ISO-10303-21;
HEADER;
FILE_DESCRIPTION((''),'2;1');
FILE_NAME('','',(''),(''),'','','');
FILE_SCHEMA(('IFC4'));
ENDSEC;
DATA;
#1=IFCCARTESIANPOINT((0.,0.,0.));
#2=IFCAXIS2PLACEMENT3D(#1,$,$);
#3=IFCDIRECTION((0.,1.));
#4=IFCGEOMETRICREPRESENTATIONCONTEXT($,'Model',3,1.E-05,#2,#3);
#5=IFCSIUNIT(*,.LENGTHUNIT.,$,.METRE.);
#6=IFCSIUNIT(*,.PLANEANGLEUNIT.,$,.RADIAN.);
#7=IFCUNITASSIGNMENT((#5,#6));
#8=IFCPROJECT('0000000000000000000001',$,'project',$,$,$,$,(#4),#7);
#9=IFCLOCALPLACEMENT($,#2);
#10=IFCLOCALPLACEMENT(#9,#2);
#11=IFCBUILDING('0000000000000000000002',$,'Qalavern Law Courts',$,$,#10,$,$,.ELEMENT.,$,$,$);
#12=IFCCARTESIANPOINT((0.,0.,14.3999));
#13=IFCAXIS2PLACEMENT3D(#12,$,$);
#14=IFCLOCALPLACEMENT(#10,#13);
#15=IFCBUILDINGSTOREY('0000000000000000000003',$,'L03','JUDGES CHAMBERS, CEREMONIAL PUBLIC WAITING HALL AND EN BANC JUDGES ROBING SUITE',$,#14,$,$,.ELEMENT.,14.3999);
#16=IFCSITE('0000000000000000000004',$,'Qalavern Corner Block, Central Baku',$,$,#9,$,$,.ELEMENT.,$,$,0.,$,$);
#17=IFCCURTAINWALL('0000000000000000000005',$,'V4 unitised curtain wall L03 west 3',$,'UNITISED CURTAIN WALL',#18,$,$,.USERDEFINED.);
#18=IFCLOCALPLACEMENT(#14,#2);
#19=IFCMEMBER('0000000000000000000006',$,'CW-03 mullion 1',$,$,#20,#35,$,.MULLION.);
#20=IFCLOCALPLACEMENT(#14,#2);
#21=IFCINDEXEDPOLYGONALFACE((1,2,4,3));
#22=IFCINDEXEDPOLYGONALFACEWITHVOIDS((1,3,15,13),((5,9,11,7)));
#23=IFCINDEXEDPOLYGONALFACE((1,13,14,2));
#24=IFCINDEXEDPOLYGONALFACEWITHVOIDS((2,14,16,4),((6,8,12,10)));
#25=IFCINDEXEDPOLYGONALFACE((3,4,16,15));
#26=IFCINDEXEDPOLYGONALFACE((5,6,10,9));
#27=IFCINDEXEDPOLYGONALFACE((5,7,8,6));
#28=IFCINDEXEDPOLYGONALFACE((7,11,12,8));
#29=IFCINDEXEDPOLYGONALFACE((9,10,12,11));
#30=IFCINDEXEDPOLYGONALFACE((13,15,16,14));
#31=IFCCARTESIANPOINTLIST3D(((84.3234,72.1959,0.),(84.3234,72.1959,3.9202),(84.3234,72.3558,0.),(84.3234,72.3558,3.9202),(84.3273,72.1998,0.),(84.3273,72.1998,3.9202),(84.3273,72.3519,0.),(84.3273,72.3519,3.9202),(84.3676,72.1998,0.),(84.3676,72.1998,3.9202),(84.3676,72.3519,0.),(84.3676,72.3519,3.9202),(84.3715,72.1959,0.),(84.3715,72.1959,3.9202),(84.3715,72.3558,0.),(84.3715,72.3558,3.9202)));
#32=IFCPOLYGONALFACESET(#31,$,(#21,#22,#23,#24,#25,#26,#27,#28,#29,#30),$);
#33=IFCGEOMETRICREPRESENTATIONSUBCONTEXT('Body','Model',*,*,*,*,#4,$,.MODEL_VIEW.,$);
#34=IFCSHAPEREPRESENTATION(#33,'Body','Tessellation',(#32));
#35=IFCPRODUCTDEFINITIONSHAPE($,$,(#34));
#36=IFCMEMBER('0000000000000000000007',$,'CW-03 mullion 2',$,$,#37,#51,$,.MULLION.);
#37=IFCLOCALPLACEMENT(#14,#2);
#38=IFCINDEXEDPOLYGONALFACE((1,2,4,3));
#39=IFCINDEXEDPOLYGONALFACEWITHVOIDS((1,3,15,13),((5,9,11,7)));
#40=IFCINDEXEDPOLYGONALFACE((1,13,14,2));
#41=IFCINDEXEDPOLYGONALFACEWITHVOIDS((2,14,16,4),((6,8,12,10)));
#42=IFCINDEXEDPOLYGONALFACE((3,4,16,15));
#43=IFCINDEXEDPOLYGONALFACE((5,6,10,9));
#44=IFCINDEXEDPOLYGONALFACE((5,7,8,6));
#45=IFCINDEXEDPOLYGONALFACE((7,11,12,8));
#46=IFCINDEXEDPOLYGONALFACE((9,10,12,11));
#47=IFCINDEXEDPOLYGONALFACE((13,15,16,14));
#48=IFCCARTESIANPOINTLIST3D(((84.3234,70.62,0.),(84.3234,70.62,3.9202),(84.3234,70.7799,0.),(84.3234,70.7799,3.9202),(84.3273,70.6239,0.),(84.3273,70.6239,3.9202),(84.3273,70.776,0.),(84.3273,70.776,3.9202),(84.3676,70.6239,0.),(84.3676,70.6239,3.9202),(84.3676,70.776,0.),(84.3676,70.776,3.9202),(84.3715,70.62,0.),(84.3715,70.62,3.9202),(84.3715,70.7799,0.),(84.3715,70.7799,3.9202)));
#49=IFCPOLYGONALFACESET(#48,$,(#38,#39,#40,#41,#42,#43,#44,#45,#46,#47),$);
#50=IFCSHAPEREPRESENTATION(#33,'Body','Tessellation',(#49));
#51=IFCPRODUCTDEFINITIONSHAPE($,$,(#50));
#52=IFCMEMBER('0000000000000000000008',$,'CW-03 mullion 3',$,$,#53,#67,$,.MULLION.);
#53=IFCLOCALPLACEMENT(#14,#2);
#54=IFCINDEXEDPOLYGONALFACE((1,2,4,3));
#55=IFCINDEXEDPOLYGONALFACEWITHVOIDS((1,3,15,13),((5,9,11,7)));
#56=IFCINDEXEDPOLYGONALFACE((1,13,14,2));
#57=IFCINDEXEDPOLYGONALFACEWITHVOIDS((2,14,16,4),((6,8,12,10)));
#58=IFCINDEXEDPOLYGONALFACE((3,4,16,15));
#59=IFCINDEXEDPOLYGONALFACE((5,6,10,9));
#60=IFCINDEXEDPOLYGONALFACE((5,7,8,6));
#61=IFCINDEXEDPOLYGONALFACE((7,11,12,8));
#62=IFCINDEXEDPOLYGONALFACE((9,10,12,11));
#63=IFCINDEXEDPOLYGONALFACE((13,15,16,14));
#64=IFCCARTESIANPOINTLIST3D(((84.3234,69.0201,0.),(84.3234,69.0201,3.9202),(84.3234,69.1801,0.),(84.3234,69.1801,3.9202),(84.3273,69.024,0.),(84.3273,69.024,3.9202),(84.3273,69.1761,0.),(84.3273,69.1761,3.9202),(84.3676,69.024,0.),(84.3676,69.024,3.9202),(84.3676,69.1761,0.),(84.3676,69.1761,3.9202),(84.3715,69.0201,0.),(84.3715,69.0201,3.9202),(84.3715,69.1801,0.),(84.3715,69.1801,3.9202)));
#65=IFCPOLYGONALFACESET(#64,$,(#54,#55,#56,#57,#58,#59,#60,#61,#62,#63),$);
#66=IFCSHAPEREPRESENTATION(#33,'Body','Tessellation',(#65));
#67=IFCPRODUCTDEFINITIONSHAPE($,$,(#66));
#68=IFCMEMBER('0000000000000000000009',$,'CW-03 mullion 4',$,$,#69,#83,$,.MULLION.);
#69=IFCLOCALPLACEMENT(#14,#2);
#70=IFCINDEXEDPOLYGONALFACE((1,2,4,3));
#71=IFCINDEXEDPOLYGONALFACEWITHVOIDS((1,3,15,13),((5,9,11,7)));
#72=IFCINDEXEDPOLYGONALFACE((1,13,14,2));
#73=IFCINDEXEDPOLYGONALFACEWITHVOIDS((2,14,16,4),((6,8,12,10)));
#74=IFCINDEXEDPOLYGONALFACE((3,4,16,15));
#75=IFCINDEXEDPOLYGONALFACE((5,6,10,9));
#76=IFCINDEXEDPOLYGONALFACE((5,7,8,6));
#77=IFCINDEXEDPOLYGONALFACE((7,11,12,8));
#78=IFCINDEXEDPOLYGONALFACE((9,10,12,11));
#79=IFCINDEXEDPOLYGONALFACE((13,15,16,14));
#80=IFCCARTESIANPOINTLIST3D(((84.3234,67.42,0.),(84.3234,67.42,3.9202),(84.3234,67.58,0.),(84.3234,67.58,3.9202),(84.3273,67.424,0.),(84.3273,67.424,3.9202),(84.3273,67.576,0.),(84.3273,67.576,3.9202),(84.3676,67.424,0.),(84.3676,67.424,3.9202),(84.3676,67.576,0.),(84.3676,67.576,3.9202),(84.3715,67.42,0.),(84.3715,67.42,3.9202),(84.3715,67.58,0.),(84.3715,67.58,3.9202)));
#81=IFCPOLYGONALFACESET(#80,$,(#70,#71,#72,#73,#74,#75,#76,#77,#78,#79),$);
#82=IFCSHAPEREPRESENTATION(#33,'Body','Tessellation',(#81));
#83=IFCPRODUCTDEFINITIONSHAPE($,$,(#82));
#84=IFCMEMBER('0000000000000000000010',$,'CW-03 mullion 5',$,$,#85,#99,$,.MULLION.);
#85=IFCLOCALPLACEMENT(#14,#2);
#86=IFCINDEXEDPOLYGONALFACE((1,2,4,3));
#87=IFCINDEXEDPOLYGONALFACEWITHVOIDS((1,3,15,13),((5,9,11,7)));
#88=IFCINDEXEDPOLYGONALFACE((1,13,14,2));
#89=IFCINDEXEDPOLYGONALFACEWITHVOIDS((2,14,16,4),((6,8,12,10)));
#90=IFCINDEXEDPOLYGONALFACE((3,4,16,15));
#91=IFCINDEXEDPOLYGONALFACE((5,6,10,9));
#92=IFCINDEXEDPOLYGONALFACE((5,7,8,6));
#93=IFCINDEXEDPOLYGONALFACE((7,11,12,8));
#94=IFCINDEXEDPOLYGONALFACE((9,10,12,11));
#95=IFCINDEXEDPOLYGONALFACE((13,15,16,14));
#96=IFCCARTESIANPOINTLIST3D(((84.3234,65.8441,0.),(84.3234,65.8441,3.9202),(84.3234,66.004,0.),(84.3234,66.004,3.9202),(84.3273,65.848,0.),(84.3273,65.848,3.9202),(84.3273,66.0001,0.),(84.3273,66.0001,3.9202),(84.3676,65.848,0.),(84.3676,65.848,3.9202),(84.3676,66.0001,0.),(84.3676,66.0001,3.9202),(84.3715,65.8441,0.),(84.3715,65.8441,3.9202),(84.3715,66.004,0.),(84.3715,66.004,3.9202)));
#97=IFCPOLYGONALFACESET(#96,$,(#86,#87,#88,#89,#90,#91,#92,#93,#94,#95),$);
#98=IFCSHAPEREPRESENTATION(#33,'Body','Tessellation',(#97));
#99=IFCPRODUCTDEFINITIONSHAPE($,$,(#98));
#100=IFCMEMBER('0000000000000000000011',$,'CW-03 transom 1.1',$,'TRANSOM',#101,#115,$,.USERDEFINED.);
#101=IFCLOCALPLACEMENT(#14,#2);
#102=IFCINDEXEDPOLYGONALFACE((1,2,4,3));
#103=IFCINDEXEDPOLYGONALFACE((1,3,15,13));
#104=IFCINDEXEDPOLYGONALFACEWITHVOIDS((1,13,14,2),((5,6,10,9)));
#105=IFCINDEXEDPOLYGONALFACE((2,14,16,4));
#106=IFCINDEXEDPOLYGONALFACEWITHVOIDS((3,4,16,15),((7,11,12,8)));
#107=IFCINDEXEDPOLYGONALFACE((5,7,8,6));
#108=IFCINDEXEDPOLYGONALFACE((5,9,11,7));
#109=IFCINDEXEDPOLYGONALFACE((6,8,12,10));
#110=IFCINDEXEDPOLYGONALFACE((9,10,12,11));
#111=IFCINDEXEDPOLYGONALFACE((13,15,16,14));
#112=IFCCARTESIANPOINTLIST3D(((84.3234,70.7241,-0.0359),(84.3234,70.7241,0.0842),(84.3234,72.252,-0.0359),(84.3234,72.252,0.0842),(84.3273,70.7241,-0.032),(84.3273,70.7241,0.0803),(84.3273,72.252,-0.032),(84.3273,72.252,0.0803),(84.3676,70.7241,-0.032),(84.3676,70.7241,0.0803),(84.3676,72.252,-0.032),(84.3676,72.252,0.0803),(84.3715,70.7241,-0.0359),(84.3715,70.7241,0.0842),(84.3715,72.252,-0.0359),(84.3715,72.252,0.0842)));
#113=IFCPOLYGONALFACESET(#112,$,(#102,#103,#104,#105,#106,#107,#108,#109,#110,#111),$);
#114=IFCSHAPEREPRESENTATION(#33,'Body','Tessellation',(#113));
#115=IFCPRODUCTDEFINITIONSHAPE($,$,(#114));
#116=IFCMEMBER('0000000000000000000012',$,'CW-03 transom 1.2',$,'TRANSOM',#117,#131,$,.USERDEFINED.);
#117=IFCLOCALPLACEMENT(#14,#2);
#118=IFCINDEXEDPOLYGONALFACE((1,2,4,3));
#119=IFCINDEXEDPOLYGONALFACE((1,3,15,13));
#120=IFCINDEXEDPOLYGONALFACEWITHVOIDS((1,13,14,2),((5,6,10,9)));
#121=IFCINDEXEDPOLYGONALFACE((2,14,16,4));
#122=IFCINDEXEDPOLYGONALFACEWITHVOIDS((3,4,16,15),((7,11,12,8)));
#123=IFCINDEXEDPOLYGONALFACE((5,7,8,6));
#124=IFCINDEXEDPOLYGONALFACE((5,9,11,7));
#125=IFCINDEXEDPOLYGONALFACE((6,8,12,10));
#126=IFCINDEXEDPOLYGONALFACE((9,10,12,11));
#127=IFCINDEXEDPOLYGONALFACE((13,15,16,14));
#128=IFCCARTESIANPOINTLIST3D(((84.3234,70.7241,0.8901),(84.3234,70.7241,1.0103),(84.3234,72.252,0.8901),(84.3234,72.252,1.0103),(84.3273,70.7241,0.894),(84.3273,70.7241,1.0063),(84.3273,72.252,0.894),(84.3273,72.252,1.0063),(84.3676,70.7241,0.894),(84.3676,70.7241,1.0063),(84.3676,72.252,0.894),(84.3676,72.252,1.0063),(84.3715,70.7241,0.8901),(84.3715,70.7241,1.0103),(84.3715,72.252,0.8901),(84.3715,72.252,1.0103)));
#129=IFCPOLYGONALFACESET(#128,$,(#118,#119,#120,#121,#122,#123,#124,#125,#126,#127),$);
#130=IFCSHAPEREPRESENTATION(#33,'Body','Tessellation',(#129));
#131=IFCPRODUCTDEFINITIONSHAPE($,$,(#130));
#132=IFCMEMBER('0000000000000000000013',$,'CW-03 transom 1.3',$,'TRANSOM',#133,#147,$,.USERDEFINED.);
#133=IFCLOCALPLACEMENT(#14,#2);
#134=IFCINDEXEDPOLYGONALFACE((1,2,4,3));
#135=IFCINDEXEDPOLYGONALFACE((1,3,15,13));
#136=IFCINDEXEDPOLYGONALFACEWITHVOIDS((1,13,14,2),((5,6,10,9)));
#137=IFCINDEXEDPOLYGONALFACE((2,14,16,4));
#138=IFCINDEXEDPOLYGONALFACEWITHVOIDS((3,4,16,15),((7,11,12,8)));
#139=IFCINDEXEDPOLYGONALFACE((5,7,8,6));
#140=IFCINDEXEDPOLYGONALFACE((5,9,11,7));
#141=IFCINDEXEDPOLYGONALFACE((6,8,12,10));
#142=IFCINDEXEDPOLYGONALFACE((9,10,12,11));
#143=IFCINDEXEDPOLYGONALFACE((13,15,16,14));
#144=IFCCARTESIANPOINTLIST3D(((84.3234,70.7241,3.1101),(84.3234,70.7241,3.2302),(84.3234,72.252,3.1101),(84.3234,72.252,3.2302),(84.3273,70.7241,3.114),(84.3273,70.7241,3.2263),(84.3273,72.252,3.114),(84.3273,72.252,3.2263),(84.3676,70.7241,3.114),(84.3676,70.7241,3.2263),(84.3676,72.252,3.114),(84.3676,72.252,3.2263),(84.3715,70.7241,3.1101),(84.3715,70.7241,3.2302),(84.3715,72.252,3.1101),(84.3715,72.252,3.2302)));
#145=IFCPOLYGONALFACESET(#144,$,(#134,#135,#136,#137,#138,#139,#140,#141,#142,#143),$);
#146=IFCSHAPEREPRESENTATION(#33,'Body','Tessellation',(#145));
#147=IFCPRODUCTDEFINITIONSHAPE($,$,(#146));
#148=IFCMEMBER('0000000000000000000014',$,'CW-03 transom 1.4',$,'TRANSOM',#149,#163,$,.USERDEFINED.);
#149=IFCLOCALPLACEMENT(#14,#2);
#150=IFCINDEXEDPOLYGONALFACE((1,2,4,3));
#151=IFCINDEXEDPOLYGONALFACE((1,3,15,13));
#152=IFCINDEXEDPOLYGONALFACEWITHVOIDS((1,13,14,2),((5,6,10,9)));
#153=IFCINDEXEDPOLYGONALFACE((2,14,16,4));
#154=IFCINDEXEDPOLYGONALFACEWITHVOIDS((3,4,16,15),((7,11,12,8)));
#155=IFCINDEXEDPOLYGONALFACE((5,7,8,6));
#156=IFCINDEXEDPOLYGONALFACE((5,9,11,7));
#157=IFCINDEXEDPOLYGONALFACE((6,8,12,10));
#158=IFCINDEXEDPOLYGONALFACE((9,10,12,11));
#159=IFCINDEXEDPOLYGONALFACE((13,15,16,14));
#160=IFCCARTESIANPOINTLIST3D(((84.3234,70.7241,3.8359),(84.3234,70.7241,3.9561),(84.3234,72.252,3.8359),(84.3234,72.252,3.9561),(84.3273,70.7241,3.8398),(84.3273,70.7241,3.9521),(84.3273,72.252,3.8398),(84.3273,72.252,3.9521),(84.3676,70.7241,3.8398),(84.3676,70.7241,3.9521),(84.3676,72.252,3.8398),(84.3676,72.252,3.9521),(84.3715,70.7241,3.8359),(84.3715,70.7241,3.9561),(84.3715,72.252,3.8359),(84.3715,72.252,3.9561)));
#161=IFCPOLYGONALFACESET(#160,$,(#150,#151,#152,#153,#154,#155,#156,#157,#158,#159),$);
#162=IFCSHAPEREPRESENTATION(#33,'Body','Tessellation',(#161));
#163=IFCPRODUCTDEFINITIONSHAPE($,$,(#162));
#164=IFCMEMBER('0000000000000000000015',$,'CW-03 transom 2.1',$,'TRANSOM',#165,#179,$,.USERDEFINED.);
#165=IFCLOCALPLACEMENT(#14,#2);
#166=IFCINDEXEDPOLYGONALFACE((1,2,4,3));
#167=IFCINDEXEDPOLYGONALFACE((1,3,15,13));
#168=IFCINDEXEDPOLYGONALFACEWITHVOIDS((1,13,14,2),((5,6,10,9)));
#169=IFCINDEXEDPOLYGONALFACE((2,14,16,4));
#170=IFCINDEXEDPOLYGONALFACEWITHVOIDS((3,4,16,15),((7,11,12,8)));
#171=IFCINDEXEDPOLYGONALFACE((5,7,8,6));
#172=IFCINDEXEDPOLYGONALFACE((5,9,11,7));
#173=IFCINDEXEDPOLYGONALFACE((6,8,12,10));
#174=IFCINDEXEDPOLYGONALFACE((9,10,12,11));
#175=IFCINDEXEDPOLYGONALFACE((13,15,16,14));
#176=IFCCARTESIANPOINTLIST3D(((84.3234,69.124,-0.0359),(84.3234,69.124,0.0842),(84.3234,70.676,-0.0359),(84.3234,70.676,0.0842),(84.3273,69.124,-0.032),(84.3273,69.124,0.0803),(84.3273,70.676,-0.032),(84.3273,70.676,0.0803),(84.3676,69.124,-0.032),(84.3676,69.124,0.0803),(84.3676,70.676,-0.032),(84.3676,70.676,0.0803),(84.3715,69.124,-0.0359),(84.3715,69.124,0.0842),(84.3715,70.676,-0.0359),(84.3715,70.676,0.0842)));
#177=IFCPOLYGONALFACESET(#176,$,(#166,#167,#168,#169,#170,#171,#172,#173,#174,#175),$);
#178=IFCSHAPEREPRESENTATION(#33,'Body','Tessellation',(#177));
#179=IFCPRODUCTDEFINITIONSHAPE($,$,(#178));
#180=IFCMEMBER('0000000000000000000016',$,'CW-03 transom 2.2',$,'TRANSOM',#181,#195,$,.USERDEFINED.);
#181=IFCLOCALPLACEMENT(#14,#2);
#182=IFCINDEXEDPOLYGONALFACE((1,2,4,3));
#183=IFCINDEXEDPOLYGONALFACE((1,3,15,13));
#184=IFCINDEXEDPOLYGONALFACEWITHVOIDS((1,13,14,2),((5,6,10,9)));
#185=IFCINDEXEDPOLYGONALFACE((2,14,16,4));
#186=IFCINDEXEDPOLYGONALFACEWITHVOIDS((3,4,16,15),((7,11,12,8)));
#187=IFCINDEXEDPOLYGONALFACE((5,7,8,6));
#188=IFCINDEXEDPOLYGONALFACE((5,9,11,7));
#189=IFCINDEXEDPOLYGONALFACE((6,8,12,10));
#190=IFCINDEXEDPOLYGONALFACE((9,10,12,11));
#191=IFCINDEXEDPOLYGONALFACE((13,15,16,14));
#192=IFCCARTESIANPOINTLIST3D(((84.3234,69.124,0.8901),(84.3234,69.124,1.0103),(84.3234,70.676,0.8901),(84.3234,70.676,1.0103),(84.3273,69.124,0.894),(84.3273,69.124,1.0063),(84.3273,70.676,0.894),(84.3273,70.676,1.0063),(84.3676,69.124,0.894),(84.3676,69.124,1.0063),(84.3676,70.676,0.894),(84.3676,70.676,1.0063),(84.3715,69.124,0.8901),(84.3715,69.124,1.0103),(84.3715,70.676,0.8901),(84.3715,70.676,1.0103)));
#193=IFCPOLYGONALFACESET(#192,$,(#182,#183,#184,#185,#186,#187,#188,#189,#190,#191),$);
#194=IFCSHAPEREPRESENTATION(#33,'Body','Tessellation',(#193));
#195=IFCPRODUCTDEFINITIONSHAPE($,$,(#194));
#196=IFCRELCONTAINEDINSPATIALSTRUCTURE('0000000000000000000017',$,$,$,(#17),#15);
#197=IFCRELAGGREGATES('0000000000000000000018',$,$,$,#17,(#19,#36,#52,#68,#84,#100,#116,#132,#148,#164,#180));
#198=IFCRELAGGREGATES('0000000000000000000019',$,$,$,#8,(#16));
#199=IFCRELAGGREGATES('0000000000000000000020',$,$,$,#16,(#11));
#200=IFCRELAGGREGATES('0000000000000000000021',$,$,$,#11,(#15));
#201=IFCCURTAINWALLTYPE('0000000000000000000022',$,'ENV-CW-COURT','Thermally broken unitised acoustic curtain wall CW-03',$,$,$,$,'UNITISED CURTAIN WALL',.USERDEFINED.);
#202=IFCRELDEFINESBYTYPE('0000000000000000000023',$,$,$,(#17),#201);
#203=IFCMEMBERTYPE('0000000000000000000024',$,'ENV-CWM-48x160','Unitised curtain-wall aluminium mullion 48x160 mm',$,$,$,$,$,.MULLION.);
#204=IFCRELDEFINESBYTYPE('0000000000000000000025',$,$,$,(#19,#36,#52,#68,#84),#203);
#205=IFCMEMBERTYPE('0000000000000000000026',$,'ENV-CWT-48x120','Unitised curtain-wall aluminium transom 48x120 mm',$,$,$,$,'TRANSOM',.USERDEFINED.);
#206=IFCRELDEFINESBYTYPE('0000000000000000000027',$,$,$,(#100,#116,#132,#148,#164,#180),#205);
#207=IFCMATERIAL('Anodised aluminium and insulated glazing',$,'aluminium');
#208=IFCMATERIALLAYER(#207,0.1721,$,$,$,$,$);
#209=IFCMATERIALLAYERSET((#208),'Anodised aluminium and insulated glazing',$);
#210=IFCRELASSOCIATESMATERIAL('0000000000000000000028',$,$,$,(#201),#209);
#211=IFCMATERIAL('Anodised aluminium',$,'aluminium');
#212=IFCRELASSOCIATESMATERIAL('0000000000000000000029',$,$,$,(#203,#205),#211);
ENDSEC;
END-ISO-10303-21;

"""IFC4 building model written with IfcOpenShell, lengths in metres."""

from ifc_helpers import new_model, si_unit, direction, frame, origin, origin_2d, place, context, subcontext, project, spatial, hollow_rectangle, extrude, material, layer, layer_set, material_profile, profile_set, type_object, element, aggregate, save


model = new_model("IFC4")

# Units and contexts
model_context = context("Model", 3, precision=1e-05, world=origin(), true_north=direction((0.0, 1.0)))
body_context = subcontext(model_context, "Body", "Model", "MODEL_VIEW")
ifc_project = project(units=[si_unit("LENGTHUNIT", "METRE"), si_unit("PLANEANGLEUNIT", "RADIAN")], contexts=[model_context])

# Site, building, storey
site_placement = place(None, origin())
site = spatial("IfcSite", under=ifc_project, at=site_placement, Name="Qalavern Corner Block, Central Baku", CompositionType="ELEMENT", RefElevation=0.0)
building_placement = place(site_placement, origin())
building = spatial("IfcBuilding", under=site, at=building_placement, Name="Qalavern Law Courts", CompositionType="ELEMENT")
storey_placement = place(building_placement, frame((0.0, 0.0, 14.3999)))
storey = spatial("IfcBuildingStorey", under=building, at=storey_placement, Name="L03", Description="JUDGES CHAMBERS, CEREMONIAL PUBLIC WAITING HALL AND EN BANC JUDGES ROBING SUITE", CompositionType="ELEMENT", Elevation=14.3999)

# Curtain wall, members
ifc_material_1 = material(Name="Anodised aluminium and insulated glazing", Category="aluminium")
ifc_layer_1 = layer(ifc_material_1, 0.1721)
ifc_layer_set_1 = layer_set([ifc_layer_1], Name="Anodised aluminium and insulated glazing")
curtain_wall_type = type_object("IfcCurtainWallType", Name="ENV-CW-COURT", Description="Thermally broken unitised acoustic curtain wall CW-03", ElementType="UNITISED CURTAIN WALL", PredefinedType="USERDEFINED", material=ifc_layer_set_1)
curtain_wall_placement = place(storey_placement, origin())
curtain_wall = element("IfcCurtainWall", 1, at=curtain_wall_placement, inside=storey, type_object=curtain_wall_type, Name="V4 unitised curtain wall L03 west 3", ObjectType="UNITISED CURTAIN WALL", PredefinedType="USERDEFINED")
ifc_material_2 = material(Name="Anodised aluminium", Category="aluminium")
ifc_material_profile_1 = material_profile(ifc_material_2, hollow_rectangle(XDim=0.0481, YDim=0.1599, WallThickness=0.0039, at=origin_2d()), Name="ALU MULLION 48x160")
ifc_profile_set_1 = profile_set([ifc_material_profile_1], Name="Anodised aluminium")
member_type_1 = type_object("IfcMemberType", Name="ENV-CWM-48x160", Description="Unitised curtain-wall aluminium mullion 48x160 mm", PredefinedType="MULLION", material=ifc_profile_set_1)
member_1_placement = place(storey_placement, frame((84.3474, 72.2759, 0.0), z_axis=(0.0, 0.0, 1.0), x_axis=(1.0, 0.0, 0.0)))
member_1 = element("IfcMember", 2, at=member_1_placement, type_object=member_type_1, Name="CW-03 mullion 1", PredefinedType="MULLION", context=body_context, shape_type="SweptSolid", body=[
    extrude(hollow_rectangle(XDim=0.0481, YDim=0.1599, WallThickness=0.0039, at=origin_2d()), origin(), (0.0, 0.0, 1.0), 3.9202),
])
member_2_placement = place(storey_placement, frame((84.3474, 70.7, 0.0), z_axis=(0.0, 0.0, 1.0), x_axis=(1.0, 0.0, 0.0)))
member_2 = element("IfcMember", 3, at=member_2_placement, type_object=member_type_1, Name="CW-03 mullion 2", PredefinedType="MULLION", context=body_context, shape_type="SweptSolid", body=[
    extrude(hollow_rectangle(XDim=0.0481, YDim=0.1599, WallThickness=0.0039, at=origin_2d()), origin(), (0.0, 0.0, 1.0), 3.9202),
])
member_3_placement = place(storey_placement, frame((84.3474, 69.1001, 0.0), z_axis=(0.0, 0.0, 1.0), x_axis=(1.0, 0.0, 0.0)))
member_3 = element("IfcMember", 4, at=member_3_placement, type_object=member_type_1, Name="CW-03 mullion 3", PredefinedType="MULLION", context=body_context, shape_type="SweptSolid", body=[
    extrude(hollow_rectangle(XDim=0.0481, YDim=0.1599, WallThickness=0.0039, at=origin_2d()), origin(), (0.0, 0.0, 1.0), 3.9202),
])
member_4_placement = place(storey_placement, frame((84.3474, 67.5, 0.0), z_axis=(0.0, 0.0, 1.0), x_axis=(1.0, 0.0, 0.0)))
member_4 = element("IfcMember", 5, at=member_4_placement, type_object=member_type_1, Name="CW-03 mullion 4", PredefinedType="MULLION", context=body_context, shape_type="SweptSolid", body=[
    extrude(hollow_rectangle(XDim=0.0481, YDim=0.1599, WallThickness=0.0039, at=origin_2d()), origin(), (0.0, 0.0, 1.0), 3.9202),
])
member_5_placement = place(storey_placement, frame((84.3474, 65.9241, 0.0), z_axis=(0.0, 0.0, 1.0), x_axis=(1.0, 0.0, 0.0)))
member_5 = element("IfcMember", 6, at=member_5_placement, type_object=member_type_1, Name="CW-03 mullion 5", PredefinedType="MULLION", context=body_context, shape_type="SweptSolid", body=[
    extrude(hollow_rectangle(XDim=0.0481, YDim=0.1599, WallThickness=0.0039, at=origin_2d()), origin(), (0.0, 0.0, 1.0), 3.9202),
])
ifc_material_profile_2 = material_profile(ifc_material_2, hollow_rectangle(XDim=0.0481, YDim=0.1201, WallThickness=0.0039, at=origin_2d()), Name="ALU TRANSOM 48x120")
ifc_profile_set_2 = profile_set([ifc_material_profile_2], Name="Anodised aluminium")
member_type_2 = type_object("IfcMemberType", Name="ENV-CWT-48x120", Description="Unitised curtain-wall aluminium transom 48x120 mm", ElementType="TRANSOM", PredefinedType="USERDEFINED", material=ifc_profile_set_2)
member_6_placement = place(storey_placement, frame((84.3474, 72.252, 0.0242), z_axis=(0.0, -1.0, 0.0), x_axis=(1.0, 0.0, 0.0)))
member_6 = element("IfcMember", 7, at=member_6_placement, type_object=member_type_2, Name="CW-03 transom 1.1", ObjectType="TRANSOM", PredefinedType="USERDEFINED", context=body_context, shape_type="SweptSolid", body=[
    extrude(hollow_rectangle(XDim=0.0481, YDim=0.1201, WallThickness=0.0039, at=origin_2d()), origin(), (0.0, 0.0, 1.0), 1.5278),
])
member_7_placement = place(storey_placement, frame((84.3474, 72.252, 0.9502), z_axis=(0.0, -1.0, 0.0), x_axis=(1.0, 0.0, 0.0)))
member_7 = element("IfcMember", 8, at=member_7_placement, type_object=member_type_2, Name="CW-03 transom 1.2", ObjectType="TRANSOM", PredefinedType="USERDEFINED", context=body_context, shape_type="SweptSolid", body=[
    extrude(hollow_rectangle(XDim=0.0481, YDim=0.1201, WallThickness=0.0039, at=origin_2d()), origin(), (0.0, 0.0, 1.0), 1.5278),
])
member_8_placement = place(storey_placement, frame((84.3474, 72.252, 3.1702), z_axis=(0.0, -1.0, 0.0), x_axis=(1.0, 0.0, 0.0)))
member_8 = element("IfcMember", 9, at=member_8_placement, type_object=member_type_2, Name="CW-03 transom 1.3", ObjectType="TRANSOM", PredefinedType="USERDEFINED", context=body_context, shape_type="SweptSolid", body=[
    extrude(hollow_rectangle(XDim=0.0481, YDim=0.1201, WallThickness=0.0039, at=origin_2d()), origin(), (0.0, 0.0, 1.0), 1.5278),
])
member_9_placement = place(storey_placement, frame((84.3474, 72.252, 3.896), z_axis=(0.0, -1.0, 0.0), x_axis=(1.0, 0.0, 0.0)))
member_9 = element("IfcMember", 10, at=member_9_placement, type_object=member_type_2, Name="CW-03 transom 1.4", ObjectType="TRANSOM", PredefinedType="USERDEFINED", context=body_context, shape_type="SweptSolid", body=[
    extrude(hollow_rectangle(XDim=0.0481, YDim=0.1201, WallThickness=0.0039, at=origin_2d()), origin(), (0.0, 0.0, 1.0), 1.5278),
])
member_10_placement = place(storey_placement, frame((84.3474, 70.676, 0.0242), z_axis=(0.0, -1.0, 0.0), x_axis=(1.0, 0.0, 0.0)))
member_10 = element("IfcMember", 11, at=member_10_placement, type_object=member_type_2, Name="CW-03 transom 2.1", ObjectType="TRANSOM", PredefinedType="USERDEFINED", context=body_context, shape_type="SweptSolid", body=[
    extrude(hollow_rectangle(XDim=0.0481, YDim=0.1201, WallThickness=0.0039, at=origin_2d()), origin(), (0.0, 0.0, 1.0), 1.552),
])
member_11_placement = place(storey_placement, frame((84.3474, 70.676, 0.9502), z_axis=(0.0, -1.0, 0.0), x_axis=(1.0, 0.0, 0.0)))
member_11 = element("IfcMember", 12, at=member_11_placement, type_object=member_type_2, Name="CW-03 transom 2.2", ObjectType="TRANSOM", PredefinedType="USERDEFINED", context=body_context, shape_type="SweptSolid", body=[
    extrude(hollow_rectangle(XDim=0.0481, YDim=0.1201, WallThickness=0.0039, at=origin_2d()), origin(), (0.0, 0.0, 1.0), 1.552),
])
aggregate(curtain_wall, [member_1, member_2, member_3, member_4, member_5, member_6, member_7, member_8, member_9, member_10, member_11])

save(model, "model.ifc")
